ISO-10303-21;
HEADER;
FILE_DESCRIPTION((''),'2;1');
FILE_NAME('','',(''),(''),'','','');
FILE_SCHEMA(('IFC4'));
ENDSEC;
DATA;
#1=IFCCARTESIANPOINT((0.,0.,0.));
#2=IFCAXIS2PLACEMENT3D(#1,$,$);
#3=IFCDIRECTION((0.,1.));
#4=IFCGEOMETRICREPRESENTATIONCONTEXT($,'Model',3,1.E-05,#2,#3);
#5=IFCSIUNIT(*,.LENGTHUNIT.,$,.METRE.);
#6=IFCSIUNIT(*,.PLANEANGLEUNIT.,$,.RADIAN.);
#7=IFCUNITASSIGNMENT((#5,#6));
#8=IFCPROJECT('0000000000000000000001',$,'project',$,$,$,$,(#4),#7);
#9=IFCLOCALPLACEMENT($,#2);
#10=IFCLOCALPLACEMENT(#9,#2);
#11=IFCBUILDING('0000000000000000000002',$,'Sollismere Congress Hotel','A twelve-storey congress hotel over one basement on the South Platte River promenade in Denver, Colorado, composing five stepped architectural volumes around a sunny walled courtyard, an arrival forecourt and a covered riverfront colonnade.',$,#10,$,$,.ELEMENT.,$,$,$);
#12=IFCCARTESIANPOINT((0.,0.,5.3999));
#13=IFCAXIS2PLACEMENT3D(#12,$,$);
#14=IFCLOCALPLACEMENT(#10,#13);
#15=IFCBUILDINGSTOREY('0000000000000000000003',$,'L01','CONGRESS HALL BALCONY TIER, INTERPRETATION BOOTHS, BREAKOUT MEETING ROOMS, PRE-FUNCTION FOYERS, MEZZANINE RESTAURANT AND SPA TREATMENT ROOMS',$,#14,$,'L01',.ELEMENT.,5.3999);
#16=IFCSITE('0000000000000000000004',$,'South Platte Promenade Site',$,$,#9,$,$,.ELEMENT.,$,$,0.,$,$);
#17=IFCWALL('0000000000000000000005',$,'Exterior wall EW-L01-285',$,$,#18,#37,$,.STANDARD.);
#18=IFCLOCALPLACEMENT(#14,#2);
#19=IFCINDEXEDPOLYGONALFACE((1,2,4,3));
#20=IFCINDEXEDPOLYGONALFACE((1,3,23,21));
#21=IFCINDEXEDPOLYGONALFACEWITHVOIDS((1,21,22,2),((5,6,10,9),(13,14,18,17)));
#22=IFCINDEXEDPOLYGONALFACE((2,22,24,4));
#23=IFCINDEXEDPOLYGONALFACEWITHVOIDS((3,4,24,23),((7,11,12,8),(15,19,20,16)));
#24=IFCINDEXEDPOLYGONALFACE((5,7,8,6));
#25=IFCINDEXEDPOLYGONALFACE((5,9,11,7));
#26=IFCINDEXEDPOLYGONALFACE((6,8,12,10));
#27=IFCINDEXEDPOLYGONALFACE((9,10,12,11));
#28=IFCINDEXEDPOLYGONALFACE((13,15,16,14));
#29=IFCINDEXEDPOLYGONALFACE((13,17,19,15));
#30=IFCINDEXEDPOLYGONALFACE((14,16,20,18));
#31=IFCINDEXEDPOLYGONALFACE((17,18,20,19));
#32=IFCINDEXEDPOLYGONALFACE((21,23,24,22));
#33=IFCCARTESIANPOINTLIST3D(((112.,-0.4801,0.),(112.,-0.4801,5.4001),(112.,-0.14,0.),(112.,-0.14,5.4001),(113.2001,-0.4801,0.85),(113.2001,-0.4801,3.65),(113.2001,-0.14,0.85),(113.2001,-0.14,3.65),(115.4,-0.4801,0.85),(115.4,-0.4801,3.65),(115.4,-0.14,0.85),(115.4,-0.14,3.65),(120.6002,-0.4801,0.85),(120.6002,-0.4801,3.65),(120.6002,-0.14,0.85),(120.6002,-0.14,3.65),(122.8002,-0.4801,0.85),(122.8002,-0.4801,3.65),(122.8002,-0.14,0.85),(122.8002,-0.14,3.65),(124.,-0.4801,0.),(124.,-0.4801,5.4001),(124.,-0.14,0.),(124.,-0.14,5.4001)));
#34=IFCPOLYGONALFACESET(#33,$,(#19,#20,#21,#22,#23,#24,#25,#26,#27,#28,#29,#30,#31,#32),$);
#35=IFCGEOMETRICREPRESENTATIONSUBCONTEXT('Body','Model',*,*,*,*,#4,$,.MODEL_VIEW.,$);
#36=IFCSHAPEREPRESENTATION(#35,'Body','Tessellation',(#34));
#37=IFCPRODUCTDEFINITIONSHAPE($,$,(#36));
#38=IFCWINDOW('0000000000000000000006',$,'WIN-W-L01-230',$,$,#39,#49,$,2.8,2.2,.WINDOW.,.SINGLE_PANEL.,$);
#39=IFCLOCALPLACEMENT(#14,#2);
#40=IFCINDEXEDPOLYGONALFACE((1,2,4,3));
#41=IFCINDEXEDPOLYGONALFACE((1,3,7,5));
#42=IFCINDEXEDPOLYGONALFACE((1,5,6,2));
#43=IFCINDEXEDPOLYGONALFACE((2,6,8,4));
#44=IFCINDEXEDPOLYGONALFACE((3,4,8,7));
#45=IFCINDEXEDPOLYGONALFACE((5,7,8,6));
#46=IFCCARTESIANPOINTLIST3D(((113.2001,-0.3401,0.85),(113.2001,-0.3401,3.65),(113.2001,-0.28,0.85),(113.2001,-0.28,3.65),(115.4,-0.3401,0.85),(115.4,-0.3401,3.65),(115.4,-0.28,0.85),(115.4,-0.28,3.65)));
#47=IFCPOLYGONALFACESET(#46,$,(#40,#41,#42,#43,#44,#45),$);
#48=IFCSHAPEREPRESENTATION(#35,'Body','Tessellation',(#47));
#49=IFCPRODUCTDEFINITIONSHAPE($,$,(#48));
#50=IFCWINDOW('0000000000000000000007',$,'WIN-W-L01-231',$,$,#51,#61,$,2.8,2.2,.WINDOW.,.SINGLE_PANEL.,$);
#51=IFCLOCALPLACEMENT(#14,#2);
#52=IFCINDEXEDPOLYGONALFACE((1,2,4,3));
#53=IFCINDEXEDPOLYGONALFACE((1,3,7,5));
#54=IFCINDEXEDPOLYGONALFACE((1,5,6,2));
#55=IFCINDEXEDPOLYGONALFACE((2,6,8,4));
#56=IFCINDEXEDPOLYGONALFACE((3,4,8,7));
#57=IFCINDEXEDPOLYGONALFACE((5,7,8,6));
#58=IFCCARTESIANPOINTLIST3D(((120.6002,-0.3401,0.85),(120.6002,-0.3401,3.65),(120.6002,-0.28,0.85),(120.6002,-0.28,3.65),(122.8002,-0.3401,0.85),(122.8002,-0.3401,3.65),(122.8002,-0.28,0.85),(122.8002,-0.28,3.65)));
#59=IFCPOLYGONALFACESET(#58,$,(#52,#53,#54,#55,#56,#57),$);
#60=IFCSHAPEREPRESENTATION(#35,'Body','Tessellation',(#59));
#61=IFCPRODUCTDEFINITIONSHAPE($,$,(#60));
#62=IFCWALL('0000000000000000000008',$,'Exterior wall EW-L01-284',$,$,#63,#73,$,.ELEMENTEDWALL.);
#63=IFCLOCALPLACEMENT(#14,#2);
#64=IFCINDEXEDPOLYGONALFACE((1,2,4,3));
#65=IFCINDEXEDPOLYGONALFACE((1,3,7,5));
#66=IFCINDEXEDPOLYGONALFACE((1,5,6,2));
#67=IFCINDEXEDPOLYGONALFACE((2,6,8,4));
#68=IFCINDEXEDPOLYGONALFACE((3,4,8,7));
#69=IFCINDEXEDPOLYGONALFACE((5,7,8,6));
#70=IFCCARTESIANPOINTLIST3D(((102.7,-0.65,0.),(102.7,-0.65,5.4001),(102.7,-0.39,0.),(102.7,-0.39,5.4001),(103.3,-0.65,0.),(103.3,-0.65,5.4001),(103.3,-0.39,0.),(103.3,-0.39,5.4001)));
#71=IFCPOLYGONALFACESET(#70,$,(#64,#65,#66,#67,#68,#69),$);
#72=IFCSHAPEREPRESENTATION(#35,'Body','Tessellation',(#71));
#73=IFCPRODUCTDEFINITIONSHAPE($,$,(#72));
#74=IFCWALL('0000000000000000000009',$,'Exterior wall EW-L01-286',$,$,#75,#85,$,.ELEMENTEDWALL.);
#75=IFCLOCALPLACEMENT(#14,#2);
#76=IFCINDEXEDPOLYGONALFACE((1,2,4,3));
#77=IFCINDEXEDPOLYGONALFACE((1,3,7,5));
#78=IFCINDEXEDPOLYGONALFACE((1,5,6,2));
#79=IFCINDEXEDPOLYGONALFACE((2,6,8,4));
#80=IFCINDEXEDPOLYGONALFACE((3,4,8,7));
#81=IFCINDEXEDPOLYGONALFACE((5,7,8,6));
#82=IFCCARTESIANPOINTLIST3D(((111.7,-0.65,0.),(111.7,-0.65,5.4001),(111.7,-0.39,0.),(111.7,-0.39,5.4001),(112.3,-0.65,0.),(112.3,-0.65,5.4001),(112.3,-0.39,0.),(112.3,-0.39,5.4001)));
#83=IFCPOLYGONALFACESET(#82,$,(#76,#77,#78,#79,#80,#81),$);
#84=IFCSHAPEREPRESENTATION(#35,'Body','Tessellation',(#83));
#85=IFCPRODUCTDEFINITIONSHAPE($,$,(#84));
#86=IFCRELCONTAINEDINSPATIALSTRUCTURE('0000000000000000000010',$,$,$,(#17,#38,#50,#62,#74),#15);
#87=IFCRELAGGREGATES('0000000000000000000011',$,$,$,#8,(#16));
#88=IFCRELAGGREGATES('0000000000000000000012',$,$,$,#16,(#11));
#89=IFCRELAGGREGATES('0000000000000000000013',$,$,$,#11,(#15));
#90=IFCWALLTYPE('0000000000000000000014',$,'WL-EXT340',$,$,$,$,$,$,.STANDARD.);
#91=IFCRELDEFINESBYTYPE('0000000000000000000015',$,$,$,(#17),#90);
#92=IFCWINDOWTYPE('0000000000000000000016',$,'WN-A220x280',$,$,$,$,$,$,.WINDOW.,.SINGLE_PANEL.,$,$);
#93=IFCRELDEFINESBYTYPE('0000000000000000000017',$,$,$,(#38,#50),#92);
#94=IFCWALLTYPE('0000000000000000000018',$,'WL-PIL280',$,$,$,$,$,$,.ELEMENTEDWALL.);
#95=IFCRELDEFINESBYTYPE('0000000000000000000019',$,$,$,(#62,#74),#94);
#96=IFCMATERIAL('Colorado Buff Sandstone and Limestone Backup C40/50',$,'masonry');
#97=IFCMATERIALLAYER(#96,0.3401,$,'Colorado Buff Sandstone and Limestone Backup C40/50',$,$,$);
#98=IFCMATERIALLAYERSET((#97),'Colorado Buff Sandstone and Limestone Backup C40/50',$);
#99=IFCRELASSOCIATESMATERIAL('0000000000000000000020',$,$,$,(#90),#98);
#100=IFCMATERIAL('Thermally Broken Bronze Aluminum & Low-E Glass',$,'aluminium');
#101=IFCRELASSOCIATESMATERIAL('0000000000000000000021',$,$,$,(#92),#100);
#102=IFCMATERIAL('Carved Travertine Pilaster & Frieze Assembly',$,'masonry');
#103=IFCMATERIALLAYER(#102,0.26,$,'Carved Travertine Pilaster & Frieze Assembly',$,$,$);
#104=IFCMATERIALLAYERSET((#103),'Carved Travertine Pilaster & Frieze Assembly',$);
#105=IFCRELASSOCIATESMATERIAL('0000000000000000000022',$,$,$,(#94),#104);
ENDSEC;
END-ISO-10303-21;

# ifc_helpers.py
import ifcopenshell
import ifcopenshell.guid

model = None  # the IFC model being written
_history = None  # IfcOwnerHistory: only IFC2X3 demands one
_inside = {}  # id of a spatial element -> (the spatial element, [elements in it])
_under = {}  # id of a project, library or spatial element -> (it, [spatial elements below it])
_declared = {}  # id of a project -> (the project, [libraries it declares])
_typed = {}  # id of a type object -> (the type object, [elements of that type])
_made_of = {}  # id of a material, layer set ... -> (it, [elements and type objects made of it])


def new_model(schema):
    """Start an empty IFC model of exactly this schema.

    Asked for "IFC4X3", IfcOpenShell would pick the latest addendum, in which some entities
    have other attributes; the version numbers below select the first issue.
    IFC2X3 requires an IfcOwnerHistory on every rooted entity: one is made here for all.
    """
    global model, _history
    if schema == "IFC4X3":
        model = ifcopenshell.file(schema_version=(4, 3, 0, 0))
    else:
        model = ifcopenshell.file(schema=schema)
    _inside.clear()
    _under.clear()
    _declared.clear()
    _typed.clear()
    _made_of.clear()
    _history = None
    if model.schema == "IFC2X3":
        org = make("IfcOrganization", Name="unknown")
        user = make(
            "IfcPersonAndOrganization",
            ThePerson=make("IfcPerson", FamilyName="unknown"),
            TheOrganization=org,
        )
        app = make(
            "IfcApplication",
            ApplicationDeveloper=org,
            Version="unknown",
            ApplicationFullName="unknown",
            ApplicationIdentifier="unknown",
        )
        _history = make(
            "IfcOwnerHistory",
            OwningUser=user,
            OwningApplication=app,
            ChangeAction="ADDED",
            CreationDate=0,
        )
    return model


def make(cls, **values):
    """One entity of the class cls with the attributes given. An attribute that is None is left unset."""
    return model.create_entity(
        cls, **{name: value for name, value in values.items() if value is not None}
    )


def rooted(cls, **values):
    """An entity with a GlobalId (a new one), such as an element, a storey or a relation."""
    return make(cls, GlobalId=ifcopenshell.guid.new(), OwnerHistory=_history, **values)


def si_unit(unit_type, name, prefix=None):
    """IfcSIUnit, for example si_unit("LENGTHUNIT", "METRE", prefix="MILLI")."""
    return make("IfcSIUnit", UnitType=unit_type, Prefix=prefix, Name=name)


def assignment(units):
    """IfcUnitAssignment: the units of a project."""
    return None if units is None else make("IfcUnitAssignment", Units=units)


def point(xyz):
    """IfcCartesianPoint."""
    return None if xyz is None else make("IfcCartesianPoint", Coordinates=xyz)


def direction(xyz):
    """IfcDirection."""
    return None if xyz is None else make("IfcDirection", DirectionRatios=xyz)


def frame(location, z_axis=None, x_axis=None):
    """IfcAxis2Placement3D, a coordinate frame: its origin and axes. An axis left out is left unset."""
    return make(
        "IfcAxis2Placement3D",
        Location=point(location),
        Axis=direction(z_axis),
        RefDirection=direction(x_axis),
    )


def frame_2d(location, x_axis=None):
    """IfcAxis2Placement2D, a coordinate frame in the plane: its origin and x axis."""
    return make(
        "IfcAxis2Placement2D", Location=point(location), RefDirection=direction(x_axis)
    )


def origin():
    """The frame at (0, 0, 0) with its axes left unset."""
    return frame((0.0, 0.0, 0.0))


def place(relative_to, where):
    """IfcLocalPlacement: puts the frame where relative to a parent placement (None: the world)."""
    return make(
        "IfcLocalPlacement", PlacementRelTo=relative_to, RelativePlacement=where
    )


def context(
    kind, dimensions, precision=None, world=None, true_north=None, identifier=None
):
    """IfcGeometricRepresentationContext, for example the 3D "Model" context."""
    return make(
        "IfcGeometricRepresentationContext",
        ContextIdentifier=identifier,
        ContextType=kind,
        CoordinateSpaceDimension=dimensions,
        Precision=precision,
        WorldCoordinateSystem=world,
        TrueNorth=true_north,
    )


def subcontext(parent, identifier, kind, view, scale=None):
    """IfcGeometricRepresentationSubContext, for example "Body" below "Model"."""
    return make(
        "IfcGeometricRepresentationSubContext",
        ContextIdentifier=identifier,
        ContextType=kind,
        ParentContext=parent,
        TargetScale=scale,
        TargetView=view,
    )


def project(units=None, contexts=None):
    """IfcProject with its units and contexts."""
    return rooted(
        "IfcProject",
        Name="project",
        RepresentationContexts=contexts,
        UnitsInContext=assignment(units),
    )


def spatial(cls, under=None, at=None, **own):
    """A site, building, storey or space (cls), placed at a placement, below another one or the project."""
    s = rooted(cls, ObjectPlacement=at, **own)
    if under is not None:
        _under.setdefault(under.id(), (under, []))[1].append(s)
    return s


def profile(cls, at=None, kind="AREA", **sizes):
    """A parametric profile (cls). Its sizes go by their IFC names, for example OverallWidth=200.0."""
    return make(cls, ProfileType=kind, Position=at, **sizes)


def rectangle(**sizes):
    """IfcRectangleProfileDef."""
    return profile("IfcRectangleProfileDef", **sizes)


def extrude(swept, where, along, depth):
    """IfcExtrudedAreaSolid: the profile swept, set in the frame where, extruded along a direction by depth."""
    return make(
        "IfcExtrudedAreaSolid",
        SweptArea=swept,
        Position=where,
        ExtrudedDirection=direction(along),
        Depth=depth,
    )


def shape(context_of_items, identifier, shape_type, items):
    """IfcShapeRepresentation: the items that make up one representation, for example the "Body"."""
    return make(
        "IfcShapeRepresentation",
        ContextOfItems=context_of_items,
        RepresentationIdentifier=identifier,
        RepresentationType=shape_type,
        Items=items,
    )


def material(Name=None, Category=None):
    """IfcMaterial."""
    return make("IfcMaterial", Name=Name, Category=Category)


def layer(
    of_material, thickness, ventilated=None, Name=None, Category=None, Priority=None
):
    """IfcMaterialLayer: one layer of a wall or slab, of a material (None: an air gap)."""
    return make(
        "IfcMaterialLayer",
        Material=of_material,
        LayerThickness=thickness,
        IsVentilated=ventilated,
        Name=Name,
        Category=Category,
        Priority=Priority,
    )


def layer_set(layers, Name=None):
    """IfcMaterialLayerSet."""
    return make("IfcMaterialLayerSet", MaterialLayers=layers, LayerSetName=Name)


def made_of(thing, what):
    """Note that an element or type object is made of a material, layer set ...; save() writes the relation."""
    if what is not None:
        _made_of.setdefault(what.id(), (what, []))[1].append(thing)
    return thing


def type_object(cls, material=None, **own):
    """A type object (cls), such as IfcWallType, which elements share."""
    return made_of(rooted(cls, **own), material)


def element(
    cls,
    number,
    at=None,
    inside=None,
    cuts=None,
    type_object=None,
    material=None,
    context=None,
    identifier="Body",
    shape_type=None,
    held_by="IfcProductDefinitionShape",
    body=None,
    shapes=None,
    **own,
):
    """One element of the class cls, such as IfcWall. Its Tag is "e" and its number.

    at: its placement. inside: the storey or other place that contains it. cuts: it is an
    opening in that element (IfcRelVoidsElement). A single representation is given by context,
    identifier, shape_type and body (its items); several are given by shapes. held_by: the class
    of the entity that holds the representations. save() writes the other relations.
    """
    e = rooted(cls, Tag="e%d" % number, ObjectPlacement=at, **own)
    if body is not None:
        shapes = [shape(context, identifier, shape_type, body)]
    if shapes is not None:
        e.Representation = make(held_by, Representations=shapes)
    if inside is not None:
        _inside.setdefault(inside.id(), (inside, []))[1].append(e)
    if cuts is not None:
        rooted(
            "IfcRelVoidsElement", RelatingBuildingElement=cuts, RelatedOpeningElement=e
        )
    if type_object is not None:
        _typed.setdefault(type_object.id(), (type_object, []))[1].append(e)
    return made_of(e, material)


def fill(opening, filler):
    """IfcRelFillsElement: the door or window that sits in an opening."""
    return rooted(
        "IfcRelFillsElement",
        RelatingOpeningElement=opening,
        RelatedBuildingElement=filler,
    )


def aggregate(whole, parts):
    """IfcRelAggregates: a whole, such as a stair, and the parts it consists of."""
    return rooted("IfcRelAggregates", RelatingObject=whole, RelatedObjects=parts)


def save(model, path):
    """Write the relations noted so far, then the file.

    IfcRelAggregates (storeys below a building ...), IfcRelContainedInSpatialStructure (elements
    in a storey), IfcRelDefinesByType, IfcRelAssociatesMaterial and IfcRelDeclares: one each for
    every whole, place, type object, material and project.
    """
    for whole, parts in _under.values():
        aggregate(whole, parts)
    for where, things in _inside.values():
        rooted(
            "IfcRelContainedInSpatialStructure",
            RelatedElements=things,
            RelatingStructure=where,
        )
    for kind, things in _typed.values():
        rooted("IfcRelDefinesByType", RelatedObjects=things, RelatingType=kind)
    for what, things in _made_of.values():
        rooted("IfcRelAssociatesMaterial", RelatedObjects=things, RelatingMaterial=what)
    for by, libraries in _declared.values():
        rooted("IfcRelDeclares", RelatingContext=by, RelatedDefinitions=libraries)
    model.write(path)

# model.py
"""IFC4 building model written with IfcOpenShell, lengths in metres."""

from ifc_helpers import new_model, si_unit, direction, frame, frame_2d, origin, place, context, subcontext, project, spatial, rectangle, extrude, material, layer, layer_set, type_object, element, fill, save


model = new_model("IFC4")

# Units and contexts
model_context = context("Model", 3, precision=1e-05, world=origin(), true_north=direction((0.0, 1.0)))
body_context = subcontext(model_context, "Body", "Model", "MODEL_VIEW")
ifc_project = project(units=[si_unit("LENGTHUNIT", "METRE"), si_unit("PLANEANGLEUNIT", "RADIAN")], contexts=[model_context])

# Site, building, storey
site_placement = place(None, origin())
site = spatial("IfcSite", under=ifc_project, at=site_placement, Name="South Platte Promenade Site", CompositionType="ELEMENT", RefElevation=0.0)
building_placement = place(site_placement, origin())
building = spatial("IfcBuilding", under=site, at=building_placement, Name="Sollismere Congress Hotel", Description="A twelve-storey congress hotel over one basement on the South Platte River promenade in Denver, Colorado, composing five stepped architectural volumes around a sunny walled courtyard, an arrival forecourt and a covered riverfront colonnade.", CompositionType="ELEMENT")
storey_placement = place(building_placement, frame((0.0, 0.0, 5.3999)))
storey = spatial("IfcBuildingStorey", under=building, at=storey_placement, Name="L01", Description="CONGRESS HALL BALCONY TIER, INTERPRETATION BOOTHS, BREAKOUT MEETING ROOMS, PRE-FUNCTION FOYERS, MEZZANINE RESTAURANT AND SPA TREATMENT ROOMS", LongName="L01", CompositionType="ELEMENT", Elevation=5.3999)

# Wall, openings, windows
ifc_material_1 = material(Name="Colorado Buff Sandstone and Limestone Backup C40/50", Category="masonry")
ifc_layer_1 = layer(ifc_material_1, 0.3401, Name="Colorado Buff Sandstone and Limestone Backup C40/50")
ifc_layer_set_1 = layer_set([ifc_layer_1], Name="Colorado Buff Sandstone and Limestone Backup C40/50")
wall_type_1 = type_object("IfcWallType", Name="WL-EXT340", PredefinedType="STANDARD", material=ifc_layer_set_1)
ifc_material_2 = material(Name="Thermally Broken Bronze Aluminum & Low-E Glass", Category="aluminium")
window_type = type_object("IfcWindowType", Name="WN-A220x280", PartitioningType="SINGLE_PANEL", PredefinedType="WINDOW", material=ifc_material_2)
wall_1_placement = place(storey_placement, frame((112.0, -0.3101, 0.0), z_axis=(0.0, 0.0, 1.0), x_axis=(1.0, 0.0, 0.0)))
wall_1 = element("IfcWall", 1, at=wall_1_placement, inside=storey, type_object=wall_type_1, Name="Exterior wall EW-L01-285", PredefinedType="STANDARD", context=body_context, shape_type="SweptSolid", body=[
    extrude(rectangle(XDim=12.0, YDim=0.3401, at=frame_2d((6.0, 0.0))), origin(), (0.0, 0.0, 1.0), 5.4001),
])
opening_1_placement = place(wall_1_placement, frame((1.2, 0.0, 0.8501)))
opening_1 = element("IfcOpeningElement", 2, at=opening_1_placement, cuts=wall_1, PredefinedType="OPENING", context=body_context, shape_type="SweptSolid", body=[
    extrude(rectangle(XDim=2.2, YDim=2.8, at=frame_2d((1.1001, 1.3999))), frame((0.0, 0.1799, 0.0), z_axis=(0.0, -1.0, 0.0), x_axis=(1.0, 0.0, 0.0)), (0.0, 0.0, 1.0), 0.3601),
])
opening_2_placement = place(wall_1_placement, frame((8.6001, 0.0, 0.8501)))
opening_2 = element("IfcOpeningElement", 3, at=opening_2_placement, cuts=wall_1, PredefinedType="OPENING", context=body_context, shape_type="SweptSolid", body=[
    extrude(rectangle(XDim=2.2, YDim=2.8, at=frame_2d((1.1001, 1.3999))), frame((0.0, 0.1799, 0.0), z_axis=(0.0, -1.0, 0.0), x_axis=(1.0, 0.0, 0.0)), (0.0, 0.0, 1.0), 0.3601),
])
window_1_placement = place(opening_1_placement, origin())
window_1 = element("IfcWindow", 4, at=window_1_placement, inside=storey, type_object=window_type, Name="WIN-W-L01-230", OverallHeight=2.8, OverallWidth=2.2, PartitioningType="SINGLE_PANEL", PredefinedType="WINDOW", context=body_context, shape_type="SweptSolid", body=[
    extrude(rectangle(XDim=2.2, YDim=2.8, at=frame_2d((1.1001, 1.3999))), frame((0.0, 0.03, 0.0), z_axis=(0.0, -1.0, 0.0), x_axis=(1.0, 0.0, 0.0)), (0.0, 0.0, 1.0), 0.0601),
])
fill(opening_1, window_1)
window_2_placement = place(opening_2_placement, origin())
window_2 = element("IfcWindow", 5, at=window_2_placement, inside=storey, type_object=window_type, Name="WIN-W-L01-231", OverallHeight=2.8, OverallWidth=2.2, PartitioningType="SINGLE_PANEL", PredefinedType="WINDOW", context=body_context, shape_type="SweptSolid", body=[
    extrude(rectangle(XDim=2.2, YDim=2.8, at=frame_2d((1.1001, 1.3999))), frame((0.0, 0.03, 0.0), z_axis=(0.0, -1.0, 0.0), x_axis=(1.0, 0.0, 0.0)), (0.0, 0.0, 1.0), 0.0601),
])
fill(opening_2, window_2)

# Walls
ifc_material_3 = material(Name="Carved Travertine Pilaster & Frieze Assembly", Category="masonry")
ifc_layer_2 = layer(ifc_material_3, 0.26, Name="Carved Travertine Pilaster & Frieze Assembly")
ifc_layer_set_2 = layer_set([ifc_layer_2], Name="Carved Travertine Pilaster & Frieze Assembly")
wall_type_2 = type_object("IfcWallType", Name="WL-PIL280", PredefinedType="ELEMENTEDWALL", material=ifc_layer_set_2)
for number, where, z_axis, x_axis, name in (
    (6, (102.7, -0.52, 0.0), (0.0, 0.0, 1.0), (1.0, 0.0, 0.0), "Exterior wall EW-L01-284"),
    (7, (111.7, -0.52, 0.0), (0.0, 0.0, 1.0), (1.0, 0.0, 0.0), "Exterior wall EW-L01-286"),
):
    element("IfcWall", number, at=place(storey_placement, frame(where, z_axis=z_axis, x_axis=x_axis)), inside=storey, type_object=wall_type_2, Name=name, PredefinedType="ELEMENTEDWALL", context=body_context, shape_type="SweptSolid", body=[
        extrude(rectangle(XDim=0.6001, YDim=0.26, at=frame_2d((0.3, 0.0))), origin(), (0.0, 0.0, 1.0), 5.4001),
    ])

save(model, "model.ifc")
